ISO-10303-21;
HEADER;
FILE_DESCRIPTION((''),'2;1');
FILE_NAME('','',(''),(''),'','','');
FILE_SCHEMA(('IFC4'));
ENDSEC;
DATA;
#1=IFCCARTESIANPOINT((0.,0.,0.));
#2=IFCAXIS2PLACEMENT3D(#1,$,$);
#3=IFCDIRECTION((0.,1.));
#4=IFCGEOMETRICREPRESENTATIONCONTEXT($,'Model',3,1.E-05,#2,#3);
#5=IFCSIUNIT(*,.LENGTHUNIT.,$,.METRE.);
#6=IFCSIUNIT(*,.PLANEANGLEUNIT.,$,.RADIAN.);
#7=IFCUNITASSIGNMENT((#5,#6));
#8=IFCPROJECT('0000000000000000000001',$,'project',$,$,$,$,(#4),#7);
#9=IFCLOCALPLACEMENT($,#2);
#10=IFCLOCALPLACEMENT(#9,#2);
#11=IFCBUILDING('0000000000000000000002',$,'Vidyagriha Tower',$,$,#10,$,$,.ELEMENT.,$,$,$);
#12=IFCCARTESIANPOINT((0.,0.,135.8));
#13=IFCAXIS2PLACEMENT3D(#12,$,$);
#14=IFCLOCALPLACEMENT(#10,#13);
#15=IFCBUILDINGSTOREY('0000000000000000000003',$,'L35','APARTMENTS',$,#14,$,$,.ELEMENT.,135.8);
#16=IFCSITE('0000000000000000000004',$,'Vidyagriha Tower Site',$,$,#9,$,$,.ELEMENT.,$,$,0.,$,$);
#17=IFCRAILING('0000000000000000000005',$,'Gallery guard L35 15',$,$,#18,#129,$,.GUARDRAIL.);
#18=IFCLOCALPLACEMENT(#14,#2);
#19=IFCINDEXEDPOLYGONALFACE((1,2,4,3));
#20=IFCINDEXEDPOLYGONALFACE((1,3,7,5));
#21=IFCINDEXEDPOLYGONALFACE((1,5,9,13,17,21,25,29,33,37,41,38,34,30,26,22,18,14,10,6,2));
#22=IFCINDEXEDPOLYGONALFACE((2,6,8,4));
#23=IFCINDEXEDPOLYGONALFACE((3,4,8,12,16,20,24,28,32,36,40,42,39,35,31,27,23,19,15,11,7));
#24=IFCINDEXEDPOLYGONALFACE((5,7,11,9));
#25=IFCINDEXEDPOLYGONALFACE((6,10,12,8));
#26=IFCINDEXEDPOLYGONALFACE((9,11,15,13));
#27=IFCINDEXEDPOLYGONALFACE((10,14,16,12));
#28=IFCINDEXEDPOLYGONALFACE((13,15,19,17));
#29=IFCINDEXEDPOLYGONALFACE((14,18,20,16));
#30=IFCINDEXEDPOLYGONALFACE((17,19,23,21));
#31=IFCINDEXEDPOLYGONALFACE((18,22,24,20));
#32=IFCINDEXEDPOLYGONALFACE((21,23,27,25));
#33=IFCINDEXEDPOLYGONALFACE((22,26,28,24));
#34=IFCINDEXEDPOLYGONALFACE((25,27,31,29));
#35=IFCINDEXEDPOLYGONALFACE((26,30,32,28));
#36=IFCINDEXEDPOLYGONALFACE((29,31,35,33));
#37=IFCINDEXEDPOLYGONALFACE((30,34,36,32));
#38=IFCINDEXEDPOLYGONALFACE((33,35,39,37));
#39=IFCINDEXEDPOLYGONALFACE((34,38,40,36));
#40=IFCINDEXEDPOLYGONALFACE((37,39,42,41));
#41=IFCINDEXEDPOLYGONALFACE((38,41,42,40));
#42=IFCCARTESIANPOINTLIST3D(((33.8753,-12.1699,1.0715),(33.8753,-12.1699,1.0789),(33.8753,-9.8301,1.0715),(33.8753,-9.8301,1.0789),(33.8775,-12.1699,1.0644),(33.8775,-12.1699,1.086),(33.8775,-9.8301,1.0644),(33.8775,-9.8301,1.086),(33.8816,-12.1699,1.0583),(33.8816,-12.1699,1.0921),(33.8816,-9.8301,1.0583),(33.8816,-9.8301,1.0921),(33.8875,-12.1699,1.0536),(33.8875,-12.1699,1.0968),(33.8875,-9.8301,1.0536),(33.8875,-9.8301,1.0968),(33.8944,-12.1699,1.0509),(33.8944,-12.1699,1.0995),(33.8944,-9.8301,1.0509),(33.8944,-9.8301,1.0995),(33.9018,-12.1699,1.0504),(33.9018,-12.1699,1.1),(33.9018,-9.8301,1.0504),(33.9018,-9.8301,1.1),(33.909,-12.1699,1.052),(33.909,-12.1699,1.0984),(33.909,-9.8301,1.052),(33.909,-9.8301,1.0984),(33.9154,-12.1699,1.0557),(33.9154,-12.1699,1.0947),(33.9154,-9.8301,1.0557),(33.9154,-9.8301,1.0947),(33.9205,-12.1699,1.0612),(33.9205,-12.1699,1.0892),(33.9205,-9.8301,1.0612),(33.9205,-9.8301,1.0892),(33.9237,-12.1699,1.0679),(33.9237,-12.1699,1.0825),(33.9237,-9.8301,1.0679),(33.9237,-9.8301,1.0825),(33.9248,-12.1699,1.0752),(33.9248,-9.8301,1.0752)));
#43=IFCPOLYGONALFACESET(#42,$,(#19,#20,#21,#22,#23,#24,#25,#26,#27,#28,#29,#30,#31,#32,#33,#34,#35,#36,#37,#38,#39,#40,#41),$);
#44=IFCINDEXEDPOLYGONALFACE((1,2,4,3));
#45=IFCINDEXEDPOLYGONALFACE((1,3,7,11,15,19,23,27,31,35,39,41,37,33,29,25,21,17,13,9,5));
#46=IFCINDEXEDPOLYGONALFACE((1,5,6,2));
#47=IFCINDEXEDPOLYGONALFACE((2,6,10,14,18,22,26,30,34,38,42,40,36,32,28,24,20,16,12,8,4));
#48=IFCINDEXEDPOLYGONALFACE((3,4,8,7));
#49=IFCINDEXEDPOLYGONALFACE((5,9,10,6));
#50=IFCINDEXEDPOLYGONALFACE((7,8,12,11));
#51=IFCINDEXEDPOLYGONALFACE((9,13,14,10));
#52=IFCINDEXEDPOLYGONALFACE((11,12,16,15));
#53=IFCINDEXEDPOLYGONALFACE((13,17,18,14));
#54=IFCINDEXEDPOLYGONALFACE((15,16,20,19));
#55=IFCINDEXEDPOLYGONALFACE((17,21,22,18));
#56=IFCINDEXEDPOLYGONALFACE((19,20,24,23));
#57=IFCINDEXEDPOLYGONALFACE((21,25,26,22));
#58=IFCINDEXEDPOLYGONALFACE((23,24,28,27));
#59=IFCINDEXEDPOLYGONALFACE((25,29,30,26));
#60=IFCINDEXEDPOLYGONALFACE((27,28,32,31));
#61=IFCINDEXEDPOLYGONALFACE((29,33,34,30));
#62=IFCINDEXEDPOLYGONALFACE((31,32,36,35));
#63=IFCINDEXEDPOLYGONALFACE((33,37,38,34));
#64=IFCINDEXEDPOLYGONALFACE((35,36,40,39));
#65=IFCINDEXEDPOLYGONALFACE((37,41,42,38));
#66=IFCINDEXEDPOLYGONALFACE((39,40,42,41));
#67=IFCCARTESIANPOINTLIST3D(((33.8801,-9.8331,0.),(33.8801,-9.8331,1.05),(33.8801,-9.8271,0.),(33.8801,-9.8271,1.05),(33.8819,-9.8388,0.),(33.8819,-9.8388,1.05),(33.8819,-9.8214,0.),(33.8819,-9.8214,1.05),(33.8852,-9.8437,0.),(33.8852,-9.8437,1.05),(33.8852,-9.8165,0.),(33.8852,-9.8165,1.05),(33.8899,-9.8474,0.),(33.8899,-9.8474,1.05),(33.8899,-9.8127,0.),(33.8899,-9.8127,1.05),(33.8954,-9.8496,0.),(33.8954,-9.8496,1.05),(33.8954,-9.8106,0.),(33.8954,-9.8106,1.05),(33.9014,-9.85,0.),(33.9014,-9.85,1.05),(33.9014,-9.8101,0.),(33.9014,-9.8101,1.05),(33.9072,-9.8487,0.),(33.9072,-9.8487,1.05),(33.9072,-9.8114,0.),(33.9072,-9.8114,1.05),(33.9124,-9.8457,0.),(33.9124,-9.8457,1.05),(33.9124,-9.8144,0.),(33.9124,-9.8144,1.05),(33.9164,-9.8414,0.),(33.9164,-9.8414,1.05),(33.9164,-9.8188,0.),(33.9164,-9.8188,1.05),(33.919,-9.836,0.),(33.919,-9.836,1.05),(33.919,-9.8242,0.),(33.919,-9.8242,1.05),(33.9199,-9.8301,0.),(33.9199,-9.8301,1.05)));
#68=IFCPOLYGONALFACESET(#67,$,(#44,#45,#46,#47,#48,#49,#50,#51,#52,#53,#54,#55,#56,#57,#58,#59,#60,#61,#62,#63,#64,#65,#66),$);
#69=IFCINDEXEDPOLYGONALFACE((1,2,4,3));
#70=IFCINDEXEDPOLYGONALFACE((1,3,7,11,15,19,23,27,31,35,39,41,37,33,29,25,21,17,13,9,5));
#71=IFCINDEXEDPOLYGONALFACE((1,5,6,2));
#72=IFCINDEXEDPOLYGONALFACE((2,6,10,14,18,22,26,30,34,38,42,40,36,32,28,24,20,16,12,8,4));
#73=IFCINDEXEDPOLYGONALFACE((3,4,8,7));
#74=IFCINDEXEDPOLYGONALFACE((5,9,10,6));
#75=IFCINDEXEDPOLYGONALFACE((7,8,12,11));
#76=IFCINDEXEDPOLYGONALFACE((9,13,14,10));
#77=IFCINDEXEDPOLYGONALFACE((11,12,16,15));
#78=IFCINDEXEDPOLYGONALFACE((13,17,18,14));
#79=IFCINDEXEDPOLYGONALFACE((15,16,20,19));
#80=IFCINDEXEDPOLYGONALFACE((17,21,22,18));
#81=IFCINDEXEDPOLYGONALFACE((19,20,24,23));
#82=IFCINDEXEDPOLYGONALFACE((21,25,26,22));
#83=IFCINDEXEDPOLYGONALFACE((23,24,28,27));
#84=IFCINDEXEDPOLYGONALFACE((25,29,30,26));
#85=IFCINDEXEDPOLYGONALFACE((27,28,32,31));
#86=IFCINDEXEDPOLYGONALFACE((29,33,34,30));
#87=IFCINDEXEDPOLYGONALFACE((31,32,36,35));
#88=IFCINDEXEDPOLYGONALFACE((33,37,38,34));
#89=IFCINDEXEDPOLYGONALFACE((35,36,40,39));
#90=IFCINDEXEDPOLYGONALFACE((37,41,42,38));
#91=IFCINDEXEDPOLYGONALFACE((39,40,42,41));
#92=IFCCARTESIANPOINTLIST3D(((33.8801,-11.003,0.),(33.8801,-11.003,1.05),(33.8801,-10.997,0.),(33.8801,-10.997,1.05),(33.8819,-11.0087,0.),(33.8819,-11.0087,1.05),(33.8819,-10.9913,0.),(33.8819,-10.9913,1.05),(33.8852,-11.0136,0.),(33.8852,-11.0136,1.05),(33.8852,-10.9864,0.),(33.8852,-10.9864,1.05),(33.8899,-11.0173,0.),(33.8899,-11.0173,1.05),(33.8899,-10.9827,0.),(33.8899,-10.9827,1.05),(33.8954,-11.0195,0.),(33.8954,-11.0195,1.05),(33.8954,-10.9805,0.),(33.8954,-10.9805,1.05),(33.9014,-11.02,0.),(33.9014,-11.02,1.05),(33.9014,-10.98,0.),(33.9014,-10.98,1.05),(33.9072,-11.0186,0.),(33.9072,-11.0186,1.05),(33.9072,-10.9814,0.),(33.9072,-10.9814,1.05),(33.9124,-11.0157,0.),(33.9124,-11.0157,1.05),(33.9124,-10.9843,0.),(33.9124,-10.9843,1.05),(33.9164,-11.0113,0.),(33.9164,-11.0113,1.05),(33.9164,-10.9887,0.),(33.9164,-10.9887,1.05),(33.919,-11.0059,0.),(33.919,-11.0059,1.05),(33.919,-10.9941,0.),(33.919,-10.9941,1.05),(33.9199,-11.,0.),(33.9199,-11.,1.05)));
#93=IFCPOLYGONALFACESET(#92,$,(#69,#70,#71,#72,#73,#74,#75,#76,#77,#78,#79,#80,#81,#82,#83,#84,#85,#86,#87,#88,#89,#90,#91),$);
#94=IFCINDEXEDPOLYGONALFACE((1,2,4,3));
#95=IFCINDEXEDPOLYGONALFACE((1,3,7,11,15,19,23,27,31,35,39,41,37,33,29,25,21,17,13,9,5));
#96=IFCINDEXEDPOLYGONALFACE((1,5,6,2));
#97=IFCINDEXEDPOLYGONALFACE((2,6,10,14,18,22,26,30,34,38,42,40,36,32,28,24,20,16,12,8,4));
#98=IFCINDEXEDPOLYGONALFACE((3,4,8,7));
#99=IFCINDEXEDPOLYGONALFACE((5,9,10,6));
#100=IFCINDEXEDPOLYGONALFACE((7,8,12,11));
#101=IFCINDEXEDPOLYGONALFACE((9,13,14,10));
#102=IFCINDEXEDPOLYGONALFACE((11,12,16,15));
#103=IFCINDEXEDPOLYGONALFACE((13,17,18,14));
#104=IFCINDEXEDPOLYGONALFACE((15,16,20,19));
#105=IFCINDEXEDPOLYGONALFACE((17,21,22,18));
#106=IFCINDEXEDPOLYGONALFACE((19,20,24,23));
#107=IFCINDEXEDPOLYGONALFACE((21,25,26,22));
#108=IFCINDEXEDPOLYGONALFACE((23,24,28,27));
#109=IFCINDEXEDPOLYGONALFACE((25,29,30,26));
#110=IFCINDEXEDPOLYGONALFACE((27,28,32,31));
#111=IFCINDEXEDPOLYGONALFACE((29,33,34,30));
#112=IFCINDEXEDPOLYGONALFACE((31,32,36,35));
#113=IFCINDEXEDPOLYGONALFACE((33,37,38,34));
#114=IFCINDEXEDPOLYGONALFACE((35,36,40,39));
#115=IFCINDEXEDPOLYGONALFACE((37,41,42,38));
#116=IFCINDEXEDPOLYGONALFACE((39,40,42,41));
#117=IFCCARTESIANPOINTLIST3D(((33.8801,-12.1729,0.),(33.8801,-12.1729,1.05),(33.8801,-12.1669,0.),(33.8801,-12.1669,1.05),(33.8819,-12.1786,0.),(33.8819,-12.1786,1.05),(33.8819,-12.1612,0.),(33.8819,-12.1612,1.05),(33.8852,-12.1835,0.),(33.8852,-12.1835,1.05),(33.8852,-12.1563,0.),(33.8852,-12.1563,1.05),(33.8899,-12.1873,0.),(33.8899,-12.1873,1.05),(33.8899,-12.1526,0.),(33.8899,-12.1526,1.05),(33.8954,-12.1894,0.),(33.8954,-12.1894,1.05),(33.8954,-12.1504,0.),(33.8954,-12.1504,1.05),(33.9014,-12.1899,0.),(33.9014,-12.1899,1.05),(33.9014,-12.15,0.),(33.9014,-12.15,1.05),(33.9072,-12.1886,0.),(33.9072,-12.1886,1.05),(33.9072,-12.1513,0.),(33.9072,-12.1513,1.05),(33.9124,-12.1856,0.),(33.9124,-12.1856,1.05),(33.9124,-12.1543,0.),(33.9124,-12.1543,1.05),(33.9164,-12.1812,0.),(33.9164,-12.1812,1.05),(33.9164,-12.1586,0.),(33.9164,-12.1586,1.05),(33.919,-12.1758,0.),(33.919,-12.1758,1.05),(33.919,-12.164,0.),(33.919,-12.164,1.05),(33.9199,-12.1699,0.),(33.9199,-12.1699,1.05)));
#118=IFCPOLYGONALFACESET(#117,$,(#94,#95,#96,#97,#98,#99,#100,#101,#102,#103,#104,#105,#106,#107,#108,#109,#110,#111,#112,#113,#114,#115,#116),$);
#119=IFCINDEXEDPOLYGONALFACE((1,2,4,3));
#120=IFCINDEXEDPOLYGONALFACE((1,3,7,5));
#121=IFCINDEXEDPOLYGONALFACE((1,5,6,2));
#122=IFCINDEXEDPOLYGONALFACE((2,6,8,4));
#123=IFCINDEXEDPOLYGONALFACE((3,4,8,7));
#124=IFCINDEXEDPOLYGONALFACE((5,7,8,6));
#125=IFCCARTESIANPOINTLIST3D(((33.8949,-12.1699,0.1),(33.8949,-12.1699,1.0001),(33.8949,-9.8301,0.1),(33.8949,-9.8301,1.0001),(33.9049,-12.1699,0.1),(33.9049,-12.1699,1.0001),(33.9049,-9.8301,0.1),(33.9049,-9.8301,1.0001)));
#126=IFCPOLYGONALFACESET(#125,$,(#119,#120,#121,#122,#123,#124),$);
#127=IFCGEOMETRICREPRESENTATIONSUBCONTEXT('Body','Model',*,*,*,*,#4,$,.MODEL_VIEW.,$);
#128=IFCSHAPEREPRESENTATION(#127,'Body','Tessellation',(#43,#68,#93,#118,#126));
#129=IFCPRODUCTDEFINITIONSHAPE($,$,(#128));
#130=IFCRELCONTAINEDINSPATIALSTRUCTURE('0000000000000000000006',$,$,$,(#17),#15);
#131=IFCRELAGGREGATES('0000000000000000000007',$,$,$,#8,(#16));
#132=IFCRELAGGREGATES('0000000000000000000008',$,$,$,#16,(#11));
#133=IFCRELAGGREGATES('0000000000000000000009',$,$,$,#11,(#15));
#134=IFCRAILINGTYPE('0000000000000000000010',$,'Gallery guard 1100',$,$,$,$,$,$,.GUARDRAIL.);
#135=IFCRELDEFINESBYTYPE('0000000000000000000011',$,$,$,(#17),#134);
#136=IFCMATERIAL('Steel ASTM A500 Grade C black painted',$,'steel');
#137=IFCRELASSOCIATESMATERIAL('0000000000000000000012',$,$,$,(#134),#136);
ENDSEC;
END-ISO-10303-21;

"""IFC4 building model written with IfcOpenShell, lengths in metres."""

from ifc_helpers import new_model, si_unit, direction, frame, origin, origin_2d, place, context, subcontext, project, spatial, rectangle, circle, extrude, material, type_object, element, save


model = new_model("IFC4")

# Units and contexts
model_context = context("Model", 3, precision=1e-05, world=origin(), true_north=direction((0.0, 1.0)))
body_context = subcontext(model_context, "Body", "Model", "MODEL_VIEW")
ifc_project = project(units=[si_unit("LENGTHUNIT", "METRE"), si_unit("PLANEANGLEUNIT", "RADIAN")], contexts=[model_context])

# Site, building, storey
site_placement = place(None, origin())
site = spatial("IfcSite", under=ifc_project, at=site_placement, Name="Vidyagriha Tower Site", CompositionType="ELEMENT", RefElevation=0.0)
building_placement = place(site_placement, origin())
building = spatial("IfcBuilding", under=site, at=building_placement, Name="Vidyagriha Tower", CompositionType="ELEMENT")
storey_placement = place(building_placement, frame((0.0, 0.0, 135.8)))
storey = spatial("IfcBuildingStorey", under=building, at=storey_placement, Name="L35", Description="APARTMENTS", CompositionType="ELEMENT", Elevation=135.8)

# Railing
ifc_material_1 = material(Name="Steel ASTM A500 Grade C black painted", Category="steel")
railing_type_1 = type_object("IfcRailingType", Name="Gallery guard 1100", PredefinedType="GUARDRAIL", material=ifc_material_1)
railing_1_placement = place(storey_placement, frame((33.8999, -9.8301, 0.0)))
element("IfcRailing", 1, at=railing_1_placement, inside=storey, type_object=railing_type_1, Name="Gallery guard L35 15", PredefinedType="GUARDRAIL", context=body_context, shape_type="SweptSolid", body=[
    extrude(circle(Radius=0.0249, at=origin_2d()), frame((0.0, 0.0, 1.0752), z_axis=(0.0, -1.0, 0.0), x_axis=(1.0, 0.0, 0.0)), (0.0, 0.0, 1.0), 2.3398),
    extrude(circle(Radius=0.02, at=origin_2d()), origin(), (0.0, 0.0, 1.0), 1.05),
    extrude(circle(Radius=0.02, at=origin_2d()), frame((0.0, -1.1699, 0.0)), (0.0, 0.0, 1.0), 1.05),
    extrude(circle(Radius=0.02, at=origin_2d()), frame((0.0, -2.3398, 0.0)), (0.0, 0.0, 1.0), 1.05),
    extrude(rectangle(XDim=0.01, YDim=0.9001, at=origin_2d()), frame((0.0, 0.0, 0.55), z_axis=(0.0, -1.0, 0.0), x_axis=(1.0, 0.0, 0.0)), (0.0, 0.0, 1.0), 2.3398),
])

save(model, "model.ifc")
